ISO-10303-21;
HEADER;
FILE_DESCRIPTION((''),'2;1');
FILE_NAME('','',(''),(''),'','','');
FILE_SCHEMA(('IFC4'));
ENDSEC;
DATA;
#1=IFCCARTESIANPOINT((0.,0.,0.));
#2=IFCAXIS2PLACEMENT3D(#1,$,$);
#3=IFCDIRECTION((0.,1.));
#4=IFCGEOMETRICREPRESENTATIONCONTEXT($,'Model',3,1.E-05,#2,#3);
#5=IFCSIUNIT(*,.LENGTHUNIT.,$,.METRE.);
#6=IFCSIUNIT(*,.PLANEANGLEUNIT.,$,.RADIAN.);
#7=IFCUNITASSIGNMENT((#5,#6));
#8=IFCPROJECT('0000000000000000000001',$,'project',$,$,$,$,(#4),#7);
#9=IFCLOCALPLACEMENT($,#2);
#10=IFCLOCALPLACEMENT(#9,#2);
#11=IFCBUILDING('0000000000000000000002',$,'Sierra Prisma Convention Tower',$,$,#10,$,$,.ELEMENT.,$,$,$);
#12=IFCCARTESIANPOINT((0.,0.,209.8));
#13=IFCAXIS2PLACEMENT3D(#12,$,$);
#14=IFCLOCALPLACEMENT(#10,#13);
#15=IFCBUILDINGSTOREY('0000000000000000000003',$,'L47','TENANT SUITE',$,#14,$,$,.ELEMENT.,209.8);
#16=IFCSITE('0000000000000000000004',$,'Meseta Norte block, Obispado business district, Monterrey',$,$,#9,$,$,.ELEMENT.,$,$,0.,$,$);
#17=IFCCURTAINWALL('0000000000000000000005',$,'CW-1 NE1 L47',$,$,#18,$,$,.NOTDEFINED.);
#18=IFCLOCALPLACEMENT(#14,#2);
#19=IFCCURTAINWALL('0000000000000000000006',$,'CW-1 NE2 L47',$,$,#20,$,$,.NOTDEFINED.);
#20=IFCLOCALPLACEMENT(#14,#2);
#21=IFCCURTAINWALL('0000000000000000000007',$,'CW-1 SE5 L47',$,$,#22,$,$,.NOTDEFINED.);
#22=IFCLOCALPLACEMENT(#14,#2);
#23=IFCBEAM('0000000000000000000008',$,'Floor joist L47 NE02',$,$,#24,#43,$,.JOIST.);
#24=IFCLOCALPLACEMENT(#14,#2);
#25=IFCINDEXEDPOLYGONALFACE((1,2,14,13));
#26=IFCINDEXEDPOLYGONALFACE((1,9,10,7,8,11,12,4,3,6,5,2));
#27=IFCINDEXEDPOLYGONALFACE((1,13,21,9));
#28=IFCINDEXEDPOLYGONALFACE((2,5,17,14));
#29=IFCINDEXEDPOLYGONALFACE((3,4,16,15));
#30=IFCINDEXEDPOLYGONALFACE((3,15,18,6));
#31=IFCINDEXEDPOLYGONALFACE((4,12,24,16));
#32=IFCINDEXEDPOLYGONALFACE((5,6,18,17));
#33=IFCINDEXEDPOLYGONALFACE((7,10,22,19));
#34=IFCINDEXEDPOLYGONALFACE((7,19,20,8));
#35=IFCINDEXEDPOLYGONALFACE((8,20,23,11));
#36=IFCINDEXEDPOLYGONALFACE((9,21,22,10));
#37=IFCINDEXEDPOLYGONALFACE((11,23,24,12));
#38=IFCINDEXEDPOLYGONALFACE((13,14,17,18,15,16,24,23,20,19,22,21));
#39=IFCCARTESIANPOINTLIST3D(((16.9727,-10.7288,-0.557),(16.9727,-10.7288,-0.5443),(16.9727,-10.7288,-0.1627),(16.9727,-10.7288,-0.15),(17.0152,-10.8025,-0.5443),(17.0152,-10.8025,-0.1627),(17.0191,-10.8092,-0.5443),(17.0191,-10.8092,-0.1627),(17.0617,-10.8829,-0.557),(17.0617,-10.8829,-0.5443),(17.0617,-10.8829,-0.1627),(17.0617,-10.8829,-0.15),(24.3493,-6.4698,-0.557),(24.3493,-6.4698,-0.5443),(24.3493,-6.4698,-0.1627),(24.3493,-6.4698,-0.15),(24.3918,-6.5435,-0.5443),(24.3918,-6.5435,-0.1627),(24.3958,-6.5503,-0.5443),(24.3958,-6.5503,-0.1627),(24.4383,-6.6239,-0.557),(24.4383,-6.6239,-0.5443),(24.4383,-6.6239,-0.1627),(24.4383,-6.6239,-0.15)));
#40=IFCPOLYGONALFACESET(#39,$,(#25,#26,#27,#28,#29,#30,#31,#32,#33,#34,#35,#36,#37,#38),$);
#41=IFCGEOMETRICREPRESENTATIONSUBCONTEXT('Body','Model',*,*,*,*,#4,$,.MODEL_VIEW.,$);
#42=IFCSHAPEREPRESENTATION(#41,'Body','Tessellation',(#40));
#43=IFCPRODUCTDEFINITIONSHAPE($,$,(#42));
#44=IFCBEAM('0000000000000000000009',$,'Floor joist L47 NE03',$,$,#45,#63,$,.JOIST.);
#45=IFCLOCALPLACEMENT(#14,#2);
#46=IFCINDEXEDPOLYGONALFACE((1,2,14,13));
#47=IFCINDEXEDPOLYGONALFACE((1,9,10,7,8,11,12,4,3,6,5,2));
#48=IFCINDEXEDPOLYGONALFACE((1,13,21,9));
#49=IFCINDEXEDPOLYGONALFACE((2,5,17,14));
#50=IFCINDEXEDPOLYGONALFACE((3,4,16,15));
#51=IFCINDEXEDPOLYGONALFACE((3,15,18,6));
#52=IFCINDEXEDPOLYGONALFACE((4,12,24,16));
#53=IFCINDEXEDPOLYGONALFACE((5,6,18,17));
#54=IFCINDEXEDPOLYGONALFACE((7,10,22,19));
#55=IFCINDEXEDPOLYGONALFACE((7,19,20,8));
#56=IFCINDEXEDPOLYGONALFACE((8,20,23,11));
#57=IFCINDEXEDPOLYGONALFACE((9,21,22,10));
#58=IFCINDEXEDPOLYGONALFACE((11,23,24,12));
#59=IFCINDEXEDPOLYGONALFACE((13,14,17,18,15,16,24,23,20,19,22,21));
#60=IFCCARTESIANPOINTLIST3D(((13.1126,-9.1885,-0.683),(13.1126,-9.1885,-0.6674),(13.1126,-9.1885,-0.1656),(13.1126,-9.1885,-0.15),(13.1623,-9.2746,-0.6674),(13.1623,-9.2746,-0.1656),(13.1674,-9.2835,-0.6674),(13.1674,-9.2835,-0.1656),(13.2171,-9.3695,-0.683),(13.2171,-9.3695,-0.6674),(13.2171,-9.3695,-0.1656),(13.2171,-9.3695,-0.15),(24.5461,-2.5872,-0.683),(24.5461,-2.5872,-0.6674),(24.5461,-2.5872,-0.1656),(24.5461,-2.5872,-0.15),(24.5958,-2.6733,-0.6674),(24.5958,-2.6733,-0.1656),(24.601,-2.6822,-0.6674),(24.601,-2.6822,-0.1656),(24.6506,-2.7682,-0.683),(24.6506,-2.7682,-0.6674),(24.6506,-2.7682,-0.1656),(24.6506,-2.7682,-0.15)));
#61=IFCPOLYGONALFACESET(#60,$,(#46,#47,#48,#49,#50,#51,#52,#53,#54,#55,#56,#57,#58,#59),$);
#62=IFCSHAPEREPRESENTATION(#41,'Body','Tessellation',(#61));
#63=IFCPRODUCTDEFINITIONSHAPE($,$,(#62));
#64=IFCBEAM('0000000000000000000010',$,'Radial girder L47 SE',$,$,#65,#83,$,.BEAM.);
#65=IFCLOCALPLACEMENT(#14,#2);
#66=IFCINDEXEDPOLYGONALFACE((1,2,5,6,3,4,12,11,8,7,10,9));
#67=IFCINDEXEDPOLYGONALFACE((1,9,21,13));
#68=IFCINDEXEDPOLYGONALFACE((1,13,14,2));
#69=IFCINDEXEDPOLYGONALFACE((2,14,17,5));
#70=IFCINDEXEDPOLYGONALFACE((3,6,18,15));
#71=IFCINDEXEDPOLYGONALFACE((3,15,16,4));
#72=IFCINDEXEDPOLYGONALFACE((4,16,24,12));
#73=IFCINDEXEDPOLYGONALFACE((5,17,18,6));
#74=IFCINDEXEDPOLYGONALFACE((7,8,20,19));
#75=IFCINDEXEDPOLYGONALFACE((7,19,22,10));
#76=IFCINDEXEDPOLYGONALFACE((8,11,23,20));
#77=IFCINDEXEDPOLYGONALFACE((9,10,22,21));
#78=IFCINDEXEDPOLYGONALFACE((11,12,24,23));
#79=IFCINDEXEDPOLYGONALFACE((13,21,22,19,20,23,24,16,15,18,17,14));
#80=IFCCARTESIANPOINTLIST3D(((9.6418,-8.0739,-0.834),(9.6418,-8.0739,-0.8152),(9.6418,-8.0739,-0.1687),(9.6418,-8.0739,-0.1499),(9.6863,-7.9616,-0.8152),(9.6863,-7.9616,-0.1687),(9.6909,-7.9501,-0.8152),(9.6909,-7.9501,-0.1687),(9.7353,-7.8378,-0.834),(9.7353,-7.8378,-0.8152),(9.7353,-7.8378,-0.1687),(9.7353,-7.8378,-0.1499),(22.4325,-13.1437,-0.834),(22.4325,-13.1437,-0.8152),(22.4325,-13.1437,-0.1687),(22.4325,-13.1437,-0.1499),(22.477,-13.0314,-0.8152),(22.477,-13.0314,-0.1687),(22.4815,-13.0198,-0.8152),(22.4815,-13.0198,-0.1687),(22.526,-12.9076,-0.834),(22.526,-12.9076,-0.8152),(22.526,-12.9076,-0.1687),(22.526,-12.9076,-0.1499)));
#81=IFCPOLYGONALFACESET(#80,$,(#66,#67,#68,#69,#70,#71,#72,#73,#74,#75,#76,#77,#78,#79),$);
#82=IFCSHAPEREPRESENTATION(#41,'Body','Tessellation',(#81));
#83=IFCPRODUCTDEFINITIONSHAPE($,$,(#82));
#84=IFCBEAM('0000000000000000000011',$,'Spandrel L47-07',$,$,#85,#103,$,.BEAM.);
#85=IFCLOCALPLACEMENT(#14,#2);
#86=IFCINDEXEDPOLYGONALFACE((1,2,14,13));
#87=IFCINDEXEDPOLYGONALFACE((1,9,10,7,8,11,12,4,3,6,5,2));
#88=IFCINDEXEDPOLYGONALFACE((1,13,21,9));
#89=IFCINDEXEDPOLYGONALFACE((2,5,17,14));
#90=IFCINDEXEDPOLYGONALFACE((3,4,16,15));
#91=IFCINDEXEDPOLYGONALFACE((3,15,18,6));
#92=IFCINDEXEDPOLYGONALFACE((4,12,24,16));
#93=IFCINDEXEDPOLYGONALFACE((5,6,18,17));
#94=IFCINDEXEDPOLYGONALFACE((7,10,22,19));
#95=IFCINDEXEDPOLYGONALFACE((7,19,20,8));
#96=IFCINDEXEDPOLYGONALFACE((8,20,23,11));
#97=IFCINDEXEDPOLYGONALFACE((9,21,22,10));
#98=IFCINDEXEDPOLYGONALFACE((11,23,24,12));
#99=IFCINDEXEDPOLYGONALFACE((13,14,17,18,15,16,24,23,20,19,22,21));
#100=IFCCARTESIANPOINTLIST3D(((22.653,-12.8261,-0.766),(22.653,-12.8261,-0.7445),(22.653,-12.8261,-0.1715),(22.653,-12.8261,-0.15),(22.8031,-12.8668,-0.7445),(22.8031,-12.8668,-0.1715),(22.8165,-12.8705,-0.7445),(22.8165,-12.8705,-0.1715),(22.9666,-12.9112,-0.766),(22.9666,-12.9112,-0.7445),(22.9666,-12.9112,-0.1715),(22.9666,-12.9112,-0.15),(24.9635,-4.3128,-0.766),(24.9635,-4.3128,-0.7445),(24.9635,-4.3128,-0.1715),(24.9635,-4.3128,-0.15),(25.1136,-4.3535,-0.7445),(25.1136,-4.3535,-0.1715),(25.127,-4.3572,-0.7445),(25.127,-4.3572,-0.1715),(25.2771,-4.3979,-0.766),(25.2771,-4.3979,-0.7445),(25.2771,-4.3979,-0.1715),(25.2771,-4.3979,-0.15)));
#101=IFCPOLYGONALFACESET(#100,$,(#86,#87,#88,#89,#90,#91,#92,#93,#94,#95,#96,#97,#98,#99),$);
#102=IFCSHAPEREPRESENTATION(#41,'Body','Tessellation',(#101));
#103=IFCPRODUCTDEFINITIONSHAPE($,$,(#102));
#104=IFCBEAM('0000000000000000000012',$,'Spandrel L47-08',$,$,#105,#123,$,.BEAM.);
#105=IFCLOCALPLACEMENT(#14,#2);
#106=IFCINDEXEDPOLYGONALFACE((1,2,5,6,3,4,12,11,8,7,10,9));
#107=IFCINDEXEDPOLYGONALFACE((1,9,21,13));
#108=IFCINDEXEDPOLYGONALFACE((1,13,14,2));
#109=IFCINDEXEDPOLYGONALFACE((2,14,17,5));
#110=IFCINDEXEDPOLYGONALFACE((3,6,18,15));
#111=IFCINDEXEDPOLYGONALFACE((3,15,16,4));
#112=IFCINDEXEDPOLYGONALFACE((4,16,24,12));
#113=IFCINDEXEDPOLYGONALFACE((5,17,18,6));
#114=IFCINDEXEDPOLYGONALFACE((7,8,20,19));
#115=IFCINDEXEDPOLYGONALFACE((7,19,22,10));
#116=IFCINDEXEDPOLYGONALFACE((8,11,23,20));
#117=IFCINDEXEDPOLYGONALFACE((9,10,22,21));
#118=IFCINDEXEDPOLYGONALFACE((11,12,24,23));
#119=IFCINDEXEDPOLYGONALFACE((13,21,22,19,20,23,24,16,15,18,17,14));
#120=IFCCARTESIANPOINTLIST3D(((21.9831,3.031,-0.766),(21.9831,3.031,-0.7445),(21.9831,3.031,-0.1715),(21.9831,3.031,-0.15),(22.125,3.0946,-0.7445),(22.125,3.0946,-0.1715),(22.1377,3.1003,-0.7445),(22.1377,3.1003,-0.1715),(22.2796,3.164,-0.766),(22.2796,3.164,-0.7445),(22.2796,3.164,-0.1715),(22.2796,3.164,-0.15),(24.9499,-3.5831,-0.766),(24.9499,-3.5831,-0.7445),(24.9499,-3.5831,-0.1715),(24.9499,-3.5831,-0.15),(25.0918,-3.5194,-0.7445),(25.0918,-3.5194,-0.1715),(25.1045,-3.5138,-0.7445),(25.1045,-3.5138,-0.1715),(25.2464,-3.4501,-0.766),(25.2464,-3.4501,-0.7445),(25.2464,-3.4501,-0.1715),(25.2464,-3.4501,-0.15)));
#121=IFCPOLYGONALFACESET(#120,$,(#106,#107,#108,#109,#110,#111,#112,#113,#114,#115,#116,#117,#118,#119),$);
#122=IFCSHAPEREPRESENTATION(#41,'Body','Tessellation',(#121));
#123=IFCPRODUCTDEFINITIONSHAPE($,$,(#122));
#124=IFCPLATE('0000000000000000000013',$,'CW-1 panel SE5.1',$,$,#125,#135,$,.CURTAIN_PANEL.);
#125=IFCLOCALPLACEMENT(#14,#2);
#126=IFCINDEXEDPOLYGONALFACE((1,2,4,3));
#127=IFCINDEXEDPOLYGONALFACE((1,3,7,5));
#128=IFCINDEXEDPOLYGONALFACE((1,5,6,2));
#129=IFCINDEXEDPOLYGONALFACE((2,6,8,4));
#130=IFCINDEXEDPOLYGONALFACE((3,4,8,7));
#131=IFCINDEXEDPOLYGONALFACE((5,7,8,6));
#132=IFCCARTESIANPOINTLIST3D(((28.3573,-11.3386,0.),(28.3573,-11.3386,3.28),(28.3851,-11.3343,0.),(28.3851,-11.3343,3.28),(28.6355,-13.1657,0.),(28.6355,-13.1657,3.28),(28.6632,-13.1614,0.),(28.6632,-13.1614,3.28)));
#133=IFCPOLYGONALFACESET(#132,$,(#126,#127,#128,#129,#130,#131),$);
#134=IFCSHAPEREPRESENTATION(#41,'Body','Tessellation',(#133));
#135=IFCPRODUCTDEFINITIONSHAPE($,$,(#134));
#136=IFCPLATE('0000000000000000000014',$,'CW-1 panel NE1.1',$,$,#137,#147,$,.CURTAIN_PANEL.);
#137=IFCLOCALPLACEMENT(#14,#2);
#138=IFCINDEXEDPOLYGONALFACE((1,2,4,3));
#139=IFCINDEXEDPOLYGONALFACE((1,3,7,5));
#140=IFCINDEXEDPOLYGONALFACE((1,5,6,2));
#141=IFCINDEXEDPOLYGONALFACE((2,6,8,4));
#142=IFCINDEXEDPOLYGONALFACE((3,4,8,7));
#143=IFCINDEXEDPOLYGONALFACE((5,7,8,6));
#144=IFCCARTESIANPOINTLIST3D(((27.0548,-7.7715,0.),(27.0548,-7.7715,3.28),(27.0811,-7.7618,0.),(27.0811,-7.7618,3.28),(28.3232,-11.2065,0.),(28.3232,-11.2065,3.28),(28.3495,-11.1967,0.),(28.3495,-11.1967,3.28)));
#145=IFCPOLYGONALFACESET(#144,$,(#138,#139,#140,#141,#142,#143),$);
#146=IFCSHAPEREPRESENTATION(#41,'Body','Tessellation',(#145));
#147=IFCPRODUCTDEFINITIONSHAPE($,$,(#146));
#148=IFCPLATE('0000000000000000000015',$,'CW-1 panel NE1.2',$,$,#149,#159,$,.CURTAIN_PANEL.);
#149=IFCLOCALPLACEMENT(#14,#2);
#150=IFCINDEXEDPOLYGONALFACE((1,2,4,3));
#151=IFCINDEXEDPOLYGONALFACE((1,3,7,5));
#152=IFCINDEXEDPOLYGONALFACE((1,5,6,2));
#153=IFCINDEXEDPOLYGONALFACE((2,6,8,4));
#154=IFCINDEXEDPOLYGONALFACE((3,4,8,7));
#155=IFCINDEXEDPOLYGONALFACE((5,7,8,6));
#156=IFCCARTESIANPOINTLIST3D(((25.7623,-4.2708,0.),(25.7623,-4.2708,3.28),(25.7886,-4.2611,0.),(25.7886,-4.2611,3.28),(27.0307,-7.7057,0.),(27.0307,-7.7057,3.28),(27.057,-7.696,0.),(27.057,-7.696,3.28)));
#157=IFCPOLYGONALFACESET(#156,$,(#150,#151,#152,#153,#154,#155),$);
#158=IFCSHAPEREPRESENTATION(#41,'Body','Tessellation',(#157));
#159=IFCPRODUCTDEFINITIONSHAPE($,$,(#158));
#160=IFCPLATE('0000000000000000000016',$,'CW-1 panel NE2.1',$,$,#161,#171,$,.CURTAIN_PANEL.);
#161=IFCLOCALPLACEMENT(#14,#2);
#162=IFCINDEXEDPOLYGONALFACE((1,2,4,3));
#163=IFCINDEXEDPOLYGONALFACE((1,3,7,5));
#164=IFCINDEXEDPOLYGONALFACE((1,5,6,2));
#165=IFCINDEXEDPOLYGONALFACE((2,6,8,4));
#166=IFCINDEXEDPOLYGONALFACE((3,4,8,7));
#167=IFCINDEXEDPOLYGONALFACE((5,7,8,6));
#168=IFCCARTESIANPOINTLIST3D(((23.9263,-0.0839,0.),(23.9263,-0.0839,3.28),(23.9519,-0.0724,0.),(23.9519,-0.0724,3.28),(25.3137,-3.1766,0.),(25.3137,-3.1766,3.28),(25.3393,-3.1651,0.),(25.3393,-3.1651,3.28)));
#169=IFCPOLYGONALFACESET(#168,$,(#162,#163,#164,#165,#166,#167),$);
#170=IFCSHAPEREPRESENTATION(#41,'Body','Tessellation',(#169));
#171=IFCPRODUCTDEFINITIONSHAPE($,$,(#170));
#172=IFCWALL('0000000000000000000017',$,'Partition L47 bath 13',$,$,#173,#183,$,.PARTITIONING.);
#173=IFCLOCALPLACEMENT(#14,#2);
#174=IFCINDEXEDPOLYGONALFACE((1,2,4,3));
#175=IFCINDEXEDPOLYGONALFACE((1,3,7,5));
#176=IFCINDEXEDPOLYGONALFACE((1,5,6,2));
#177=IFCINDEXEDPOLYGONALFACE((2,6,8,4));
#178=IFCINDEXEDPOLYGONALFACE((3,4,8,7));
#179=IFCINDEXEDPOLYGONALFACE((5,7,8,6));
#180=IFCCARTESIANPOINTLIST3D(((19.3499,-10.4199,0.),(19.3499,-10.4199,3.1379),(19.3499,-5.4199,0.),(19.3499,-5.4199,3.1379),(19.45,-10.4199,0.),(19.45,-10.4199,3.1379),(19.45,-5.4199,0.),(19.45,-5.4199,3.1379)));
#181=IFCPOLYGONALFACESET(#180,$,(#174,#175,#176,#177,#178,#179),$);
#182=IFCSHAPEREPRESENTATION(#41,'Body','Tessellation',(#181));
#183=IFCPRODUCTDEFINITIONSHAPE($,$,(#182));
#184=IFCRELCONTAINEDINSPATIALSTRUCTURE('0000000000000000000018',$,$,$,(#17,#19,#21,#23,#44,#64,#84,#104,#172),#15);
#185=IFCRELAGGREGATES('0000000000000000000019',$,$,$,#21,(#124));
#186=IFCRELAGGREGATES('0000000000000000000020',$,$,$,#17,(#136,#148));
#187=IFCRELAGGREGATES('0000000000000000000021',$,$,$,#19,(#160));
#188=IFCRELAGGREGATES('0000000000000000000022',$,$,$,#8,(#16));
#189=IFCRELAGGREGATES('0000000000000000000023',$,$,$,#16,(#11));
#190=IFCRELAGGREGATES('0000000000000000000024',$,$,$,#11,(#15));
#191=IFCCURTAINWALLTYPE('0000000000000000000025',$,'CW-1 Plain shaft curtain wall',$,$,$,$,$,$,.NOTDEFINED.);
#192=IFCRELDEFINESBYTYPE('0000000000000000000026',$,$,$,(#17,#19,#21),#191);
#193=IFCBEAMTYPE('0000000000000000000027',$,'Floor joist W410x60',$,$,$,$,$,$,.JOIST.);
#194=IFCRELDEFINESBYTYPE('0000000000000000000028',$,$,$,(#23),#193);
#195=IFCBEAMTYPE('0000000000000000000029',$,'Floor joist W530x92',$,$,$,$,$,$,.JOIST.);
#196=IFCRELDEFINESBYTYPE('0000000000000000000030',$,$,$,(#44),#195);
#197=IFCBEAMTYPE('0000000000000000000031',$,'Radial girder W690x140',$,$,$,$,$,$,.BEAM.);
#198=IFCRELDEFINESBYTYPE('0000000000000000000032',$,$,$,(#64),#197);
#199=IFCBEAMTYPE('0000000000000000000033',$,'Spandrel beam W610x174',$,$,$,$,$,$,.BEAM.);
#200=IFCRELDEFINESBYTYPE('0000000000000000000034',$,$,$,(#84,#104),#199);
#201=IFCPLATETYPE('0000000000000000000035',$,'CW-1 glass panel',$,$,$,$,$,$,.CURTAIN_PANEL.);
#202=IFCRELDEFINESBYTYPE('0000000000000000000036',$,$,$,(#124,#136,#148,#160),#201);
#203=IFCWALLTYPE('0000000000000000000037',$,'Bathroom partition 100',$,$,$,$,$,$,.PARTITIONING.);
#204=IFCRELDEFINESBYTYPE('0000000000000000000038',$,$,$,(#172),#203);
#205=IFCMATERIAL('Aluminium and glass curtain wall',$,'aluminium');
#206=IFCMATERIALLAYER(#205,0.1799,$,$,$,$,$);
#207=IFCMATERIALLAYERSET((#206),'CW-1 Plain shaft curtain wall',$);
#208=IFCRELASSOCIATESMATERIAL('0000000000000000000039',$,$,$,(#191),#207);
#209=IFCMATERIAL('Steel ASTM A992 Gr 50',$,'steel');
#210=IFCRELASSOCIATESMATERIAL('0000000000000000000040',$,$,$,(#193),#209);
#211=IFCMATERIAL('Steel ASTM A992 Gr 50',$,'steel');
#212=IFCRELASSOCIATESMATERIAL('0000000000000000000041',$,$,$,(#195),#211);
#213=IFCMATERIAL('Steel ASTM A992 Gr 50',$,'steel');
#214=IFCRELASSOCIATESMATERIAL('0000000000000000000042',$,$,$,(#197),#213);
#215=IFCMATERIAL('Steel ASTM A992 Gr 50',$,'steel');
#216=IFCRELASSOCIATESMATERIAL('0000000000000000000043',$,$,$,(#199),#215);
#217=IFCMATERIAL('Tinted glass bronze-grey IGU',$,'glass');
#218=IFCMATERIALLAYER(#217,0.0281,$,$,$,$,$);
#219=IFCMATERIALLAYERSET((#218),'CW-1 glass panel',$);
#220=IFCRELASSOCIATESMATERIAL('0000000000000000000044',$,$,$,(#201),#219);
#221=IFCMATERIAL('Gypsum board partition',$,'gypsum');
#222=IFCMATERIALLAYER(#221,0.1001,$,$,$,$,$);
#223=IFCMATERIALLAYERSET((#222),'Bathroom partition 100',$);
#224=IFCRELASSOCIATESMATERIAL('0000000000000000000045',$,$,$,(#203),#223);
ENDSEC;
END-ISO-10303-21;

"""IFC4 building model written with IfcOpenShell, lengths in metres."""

from ifc_helpers import new_model, si_unit, direction, frame, frame_2d, origin, origin_2d, place, context, subcontext, project, spatial, rectangle, i_section, extrude, material, layer, layer_set, material_profile, profile_set, type_object, element, aggregate, save


model = new_model("IFC4")

# Units and contexts
model_context = context("Model", 3, precision=1e-05, world=origin(), true_north=direction((0.0, 1.0)))
body_context = subcontext(model_context, "Body", "Model", "MODEL_VIEW")
ifc_project = project(units=[si_unit("LENGTHUNIT", "METRE"), si_unit("PLANEANGLEUNIT", "RADIAN")], contexts=[model_context])

# Site, building, storey
site_placement = place(None, origin())
site = spatial("IfcSite", under=ifc_project, at=site_placement, Name="Meseta Norte block, Obispado business district, Monterrey", CompositionType="ELEMENT", RefElevation=0.0)
building_placement = place(site_placement, origin())
building = spatial("IfcBuilding", under=site, at=building_placement, Name="Sierra Prisma Convention Tower", CompositionType="ELEMENT")
storey_placement = place(building_placement, frame((0.0, 0.0, 209.8)))
storey = spatial("IfcBuildingStorey", under=building, at=storey_placement, Name="L47", Description="TENANT SUITE", CompositionType="ELEMENT", Elevation=209.8)

# Curtain walls
ifc_material_1 = material(Name="Aluminium and glass curtain wall", Category="aluminium")
ifc_layer_1 = layer(ifc_material_1, 0.1799)
ifc_layer_set_1 = layer_set([ifc_layer_1], Name="CW-1 Plain shaft curtain wall")
curtain_wall_type = type_object("IfcCurtainWallType", Name="CW-1 Plain shaft curtain wall", PredefinedType="NOTDEFINED", material=ifc_layer_set_1)
curtain_wall_1_placement = place(storey_placement, origin())
curtain_wall_1 = element("IfcCurtainWall", 1, at=curtain_wall_1_placement, inside=storey, type_object=curtain_wall_type, Name="CW-1 NE1 L47", PredefinedType="NOTDEFINED")
curtain_wall_2_placement = place(storey_placement, origin())
curtain_wall_2 = element("IfcCurtainWall", 2, at=curtain_wall_2_placement, inside=storey, type_object=curtain_wall_type, Name="CW-1 NE2 L47", PredefinedType="NOTDEFINED")

# Curtain wall
curtain_wall_3_placement = place(storey_placement, origin())
curtain_wall_3 = element("IfcCurtainWall", 3, at=curtain_wall_3_placement, inside=storey, type_object=curtain_wall_type, Name="CW-1 SE5 L47", PredefinedType="NOTDEFINED")

# Beams
ifc_material_2 = material(Name="Steel ASTM A992 Gr 50", Category="steel")
ifc_material_profile_1 = material_profile(ifc_material_2, i_section(OverallWidth=0.178, OverallDepth=0.407, WebThickness=0.0078, FlangeThickness=0.0127, at=origin_2d()), Name="W410x60")
ifc_profile_set_1 = profile_set([ifc_material_profile_1], Name="Steel ASTM A992 Gr 50")
beam_type_1 = type_object("IfcBeamType", Name="Floor joist W410x60", PredefinedType="JOIST", material=ifc_profile_set_1)
beam_1_placement = place(storey_placement, frame((24.3938, -6.5469, -0.3535), z_axis=(-0.866021, -0.500008, 0.0), x_axis=(0.500008, -0.866021, 0.0)))
element("IfcBeam", 4, at=beam_1_placement, inside=storey, type_object=beam_type_1, Name="Floor joist L47 NE02", PredefinedType="JOIST", context=body_context, shape_type="SweptSolid", body=[
    extrude(i_section(OverallWidth=0.178, OverallDepth=0.407, WebThickness=0.0078, FlangeThickness=0.0127, at=origin_2d()), origin(), (0.0, 0.0, 1.0), 8.5178),
])
ifc_material_3 = material(Name="Steel ASTM A992 Gr 50", Category="steel")
ifc_material_profile_2 = material_profile(ifc_material_3, i_section(OverallWidth=0.209, OverallDepth=0.533, WebThickness=0.0103, FlangeThickness=0.0156, at=origin_2d()), Name="W530x92")
ifc_profile_set_2 = profile_set([ifc_material_profile_2], Name="Steel ASTM A992 Gr 50")
beam_type_2 = type_object("IfcBeamType", Name="Floor joist W530x92", PredefinedType="JOIST", material=ifc_profile_set_2)
beam_2_placement = place(storey_placement, frame((24.5984, -2.6777, -0.4165), z_axis=(-0.866021, -0.500007, 0.0), x_axis=(0.500007, -0.866021, 0.0)))
element("IfcBeam", 5, at=beam_2_placement, inside=storey, type_object=beam_type_2, Name="Floor joist L47 NE03", PredefinedType="JOIST", context=body_context, shape_type="SweptSolid", body=[
    extrude(i_section(OverallWidth=0.209, OverallDepth=0.533, WebThickness=0.0103, FlangeThickness=0.0156, at=origin_2d()), origin(), (0.0, 0.0, 1.0), 13.2024),
])
ifc_material_4 = material(Name="Steel ASTM A992 Gr 50", Category="steel")
ifc_material_profile_3 = material_profile(ifc_material_4, i_section(OverallWidth=0.2539, OverallDepth=0.6841, WebThickness=0.0125, FlangeThickness=0.0188, at=origin_2d()), Name="W690x140")
ifc_profile_set_3 = profile_set([ifc_material_profile_3], Name="Steel ASTM A992 Gr 50")
beam_type_3 = type_object("IfcBeamType", Name="Radial girder W690x140", PredefinedType="BEAM", material=ifc_profile_set_3)
beam_3_placement = place(storey_placement, frame((22.4792, -13.0256, -0.4919), z_axis=(-0.929637, 0.368476, 0.0), x_axis=(-0.368476, -0.929637, 0.0)))
element("IfcBeam", 6, at=beam_3_placement, inside=storey, type_object=beam_type_3, Name="Radial girder L47 SE", PredefinedType="BEAM", context=body_context, shape_type="SweptSolid", body=[
    extrude(i_section(OverallWidth=0.2539, OverallDepth=0.6841, WebThickness=0.0125, FlangeThickness=0.0188, at=origin_2d()), origin(), (0.0, 0.0, 1.0), 13.7588),
])
ifc_material_5 = material(Name="Steel ASTM A992 Gr 50", Category="steel")
ifc_material_profile_4 = material_profile(ifc_material_5, i_section(OverallWidth=0.325, OverallDepth=0.616, WebThickness=0.0139, FlangeThickness=0.0215, at=origin_2d()), Name="W610x174")
ifc_profile_set_4 = profile_set([ifc_material_profile_4], Name="Steel ASTM A992 Gr 50")
beam_type_4 = type_object("IfcBeamType", Name="Spandrel beam W610x174", PredefinedType="BEAM", material=ifc_profile_set_4)
beam_4_placement = place(storey_placement, frame((22.8098, -12.8687, -0.458), z_axis=(0.261925, 0.965088, 0.0), x_axis=(-0.965088, 0.261925, 0.0)))
element("IfcBeam", 7, at=beam_4_placement, inside=storey, type_object=beam_type_4, Name="Spandrel L47-07", PredefinedType="BEAM", context=body_context, shape_type="SweptSolid", body=[
    extrude(i_section(OverallWidth=0.325, OverallDepth=0.616, WebThickness=0.0139, FlangeThickness=0.0215, at=origin_2d()), origin(), (0.0, 0.0, 1.0), 8.8213),
])
beam_5_placement = place(storey_placement, frame((25.0981, -3.5166, -0.458), z_axis=(-0.409273, 0.912412, 0.0), x_axis=(-0.912412, -0.409273, 0.0)))
element("IfcBeam", 8, at=beam_5_placement, inside=storey, type_object=beam_type_4, Name="Spandrel L47-08", PredefinedType="BEAM", context=body_context, shape_type="SweptSolid", body=[
    extrude(i_section(OverallWidth=0.325, OverallDepth=0.616, WebThickness=0.0139, FlangeThickness=0.0215, at=origin_2d()), origin(), (0.0, 0.0, 1.0), 7.249),
])

# Plates
ifc_material_6 = material(Name="Tinted glass bronze-grey IGU", Category="glass")
ifc_layer_2 = layer(ifc_material_6, 0.0281)
ifc_layer_set_2 = layer_set([ifc_layer_2], Name="CW-1 glass panel")
plate_type = type_object("IfcPlateType", Name="CW-1 glass panel", PredefinedType="CURTAIN_PANEL", material=ifc_layer_set_2)
plate_1_placement = place(storey_placement, frame((28.5103, -12.25, 0.0), z_axis=(0.0, 0.0, 1.0), x_axis=(-0.150509, 0.988609, 0.0)))
plate_1 = element("IfcPlate", 9, at=plate_1_placement, type_object=plate_type, Name="CW-1 panel SE5.1", PredefinedType="CURTAIN_PANEL", context=body_context, shape_type="SweptSolid", body=[
    extrude(rectangle(XDim=1.8481, YDim=0.0281, at=origin_2d()), origin(), (0.0, 0.0, 1.0), 3.28),
])
aggregate(curtain_wall_3, [plate_1])
plate_2_placement = place(storey_placement, frame((27.7021, -9.4841, 0.0), z_axis=(0.0, 0.0, 1.0), x_axis=(-0.346397, 0.938088, 0.0)))
plate_2 = element("IfcPlate", 10, at=plate_2_placement, type_object=plate_type, Name="CW-1 panel NE1.1", PredefinedType="CURTAIN_PANEL", context=body_context, shape_type="SweptSolid", body=[
    extrude(rectangle(XDim=3.6616, YDim=0.0281, at=origin_2d()), origin(), (0.0, 0.0, 1.0), 3.28),
])
plate_3_placement = place(storey_placement, frame((26.4097, -5.9834, 0.0), z_axis=(0.0, 0.0, 1.0), x_axis=(-0.346397, 0.938088, 0.0)))
plate_3 = element("IfcPlate", 11, at=plate_3_placement, type_object=plate_type, Name="CW-1 panel NE1.2", PredefinedType="CURTAIN_PANEL", context=body_context, shape_type="SweptSolid", body=[
    extrude(rectangle(XDim=3.6616, YDim=0.0281, at=origin_2d()), origin(), (0.0, 0.0, 1.0), 3.28),
])
aggregate(curtain_wall_1, [plate_2, plate_3])
plate_4_placement = place(storey_placement, frame((24.6328, -1.6245, 0.0), z_axis=(0.0, 0.0, 1.0), x_axis=(-0.40929, 0.912404, 0.0)))
plate_4 = element("IfcPlate", 12, at=plate_4_placement, type_object=plate_type, Name="CW-1 panel NE2.1", PredefinedType="CURTAIN_PANEL", context=body_context, shape_type="SweptSolid", body=[
    extrude(rectangle(XDim=3.3896, YDim=0.0281, at=origin_2d()), origin(), (0.0, 0.0, 1.0), 3.28),
])
aggregate(curtain_wall_2, [plate_4])

# Wall
ifc_material_7 = material(Name="Gypsum board partition", Category="gypsum")
ifc_layer_3 = layer(ifc_material_7, 0.1001)
ifc_layer_set_3 = layer_set([ifc_layer_3], Name="Bathroom partition 100")
wall_type_1 = type_object("IfcWallType", Name="Bathroom partition 100", PredefinedType="PARTITIONING", material=ifc_layer_set_3)
wall_1_placement = place(storey_placement, frame((19.3999, -5.4199, 0.0), z_axis=(0.0, 0.0, 1.0), x_axis=(0.0, -1.0, 0.0)))
element("IfcWall", 13, at=wall_1_placement, inside=storey, type_object=wall_type_1, Name="Partition L47 bath 13", PredefinedType="PARTITIONING", context=body_context, shape_type="SweptSolid", body=[
    extrude(rectangle(XDim=5.0, YDim=0.1001, at=frame_2d((2.5, 0.0))), origin(), (0.0, 0.0, 1.0), 3.1379),
])

save(model, "model.ifc")
